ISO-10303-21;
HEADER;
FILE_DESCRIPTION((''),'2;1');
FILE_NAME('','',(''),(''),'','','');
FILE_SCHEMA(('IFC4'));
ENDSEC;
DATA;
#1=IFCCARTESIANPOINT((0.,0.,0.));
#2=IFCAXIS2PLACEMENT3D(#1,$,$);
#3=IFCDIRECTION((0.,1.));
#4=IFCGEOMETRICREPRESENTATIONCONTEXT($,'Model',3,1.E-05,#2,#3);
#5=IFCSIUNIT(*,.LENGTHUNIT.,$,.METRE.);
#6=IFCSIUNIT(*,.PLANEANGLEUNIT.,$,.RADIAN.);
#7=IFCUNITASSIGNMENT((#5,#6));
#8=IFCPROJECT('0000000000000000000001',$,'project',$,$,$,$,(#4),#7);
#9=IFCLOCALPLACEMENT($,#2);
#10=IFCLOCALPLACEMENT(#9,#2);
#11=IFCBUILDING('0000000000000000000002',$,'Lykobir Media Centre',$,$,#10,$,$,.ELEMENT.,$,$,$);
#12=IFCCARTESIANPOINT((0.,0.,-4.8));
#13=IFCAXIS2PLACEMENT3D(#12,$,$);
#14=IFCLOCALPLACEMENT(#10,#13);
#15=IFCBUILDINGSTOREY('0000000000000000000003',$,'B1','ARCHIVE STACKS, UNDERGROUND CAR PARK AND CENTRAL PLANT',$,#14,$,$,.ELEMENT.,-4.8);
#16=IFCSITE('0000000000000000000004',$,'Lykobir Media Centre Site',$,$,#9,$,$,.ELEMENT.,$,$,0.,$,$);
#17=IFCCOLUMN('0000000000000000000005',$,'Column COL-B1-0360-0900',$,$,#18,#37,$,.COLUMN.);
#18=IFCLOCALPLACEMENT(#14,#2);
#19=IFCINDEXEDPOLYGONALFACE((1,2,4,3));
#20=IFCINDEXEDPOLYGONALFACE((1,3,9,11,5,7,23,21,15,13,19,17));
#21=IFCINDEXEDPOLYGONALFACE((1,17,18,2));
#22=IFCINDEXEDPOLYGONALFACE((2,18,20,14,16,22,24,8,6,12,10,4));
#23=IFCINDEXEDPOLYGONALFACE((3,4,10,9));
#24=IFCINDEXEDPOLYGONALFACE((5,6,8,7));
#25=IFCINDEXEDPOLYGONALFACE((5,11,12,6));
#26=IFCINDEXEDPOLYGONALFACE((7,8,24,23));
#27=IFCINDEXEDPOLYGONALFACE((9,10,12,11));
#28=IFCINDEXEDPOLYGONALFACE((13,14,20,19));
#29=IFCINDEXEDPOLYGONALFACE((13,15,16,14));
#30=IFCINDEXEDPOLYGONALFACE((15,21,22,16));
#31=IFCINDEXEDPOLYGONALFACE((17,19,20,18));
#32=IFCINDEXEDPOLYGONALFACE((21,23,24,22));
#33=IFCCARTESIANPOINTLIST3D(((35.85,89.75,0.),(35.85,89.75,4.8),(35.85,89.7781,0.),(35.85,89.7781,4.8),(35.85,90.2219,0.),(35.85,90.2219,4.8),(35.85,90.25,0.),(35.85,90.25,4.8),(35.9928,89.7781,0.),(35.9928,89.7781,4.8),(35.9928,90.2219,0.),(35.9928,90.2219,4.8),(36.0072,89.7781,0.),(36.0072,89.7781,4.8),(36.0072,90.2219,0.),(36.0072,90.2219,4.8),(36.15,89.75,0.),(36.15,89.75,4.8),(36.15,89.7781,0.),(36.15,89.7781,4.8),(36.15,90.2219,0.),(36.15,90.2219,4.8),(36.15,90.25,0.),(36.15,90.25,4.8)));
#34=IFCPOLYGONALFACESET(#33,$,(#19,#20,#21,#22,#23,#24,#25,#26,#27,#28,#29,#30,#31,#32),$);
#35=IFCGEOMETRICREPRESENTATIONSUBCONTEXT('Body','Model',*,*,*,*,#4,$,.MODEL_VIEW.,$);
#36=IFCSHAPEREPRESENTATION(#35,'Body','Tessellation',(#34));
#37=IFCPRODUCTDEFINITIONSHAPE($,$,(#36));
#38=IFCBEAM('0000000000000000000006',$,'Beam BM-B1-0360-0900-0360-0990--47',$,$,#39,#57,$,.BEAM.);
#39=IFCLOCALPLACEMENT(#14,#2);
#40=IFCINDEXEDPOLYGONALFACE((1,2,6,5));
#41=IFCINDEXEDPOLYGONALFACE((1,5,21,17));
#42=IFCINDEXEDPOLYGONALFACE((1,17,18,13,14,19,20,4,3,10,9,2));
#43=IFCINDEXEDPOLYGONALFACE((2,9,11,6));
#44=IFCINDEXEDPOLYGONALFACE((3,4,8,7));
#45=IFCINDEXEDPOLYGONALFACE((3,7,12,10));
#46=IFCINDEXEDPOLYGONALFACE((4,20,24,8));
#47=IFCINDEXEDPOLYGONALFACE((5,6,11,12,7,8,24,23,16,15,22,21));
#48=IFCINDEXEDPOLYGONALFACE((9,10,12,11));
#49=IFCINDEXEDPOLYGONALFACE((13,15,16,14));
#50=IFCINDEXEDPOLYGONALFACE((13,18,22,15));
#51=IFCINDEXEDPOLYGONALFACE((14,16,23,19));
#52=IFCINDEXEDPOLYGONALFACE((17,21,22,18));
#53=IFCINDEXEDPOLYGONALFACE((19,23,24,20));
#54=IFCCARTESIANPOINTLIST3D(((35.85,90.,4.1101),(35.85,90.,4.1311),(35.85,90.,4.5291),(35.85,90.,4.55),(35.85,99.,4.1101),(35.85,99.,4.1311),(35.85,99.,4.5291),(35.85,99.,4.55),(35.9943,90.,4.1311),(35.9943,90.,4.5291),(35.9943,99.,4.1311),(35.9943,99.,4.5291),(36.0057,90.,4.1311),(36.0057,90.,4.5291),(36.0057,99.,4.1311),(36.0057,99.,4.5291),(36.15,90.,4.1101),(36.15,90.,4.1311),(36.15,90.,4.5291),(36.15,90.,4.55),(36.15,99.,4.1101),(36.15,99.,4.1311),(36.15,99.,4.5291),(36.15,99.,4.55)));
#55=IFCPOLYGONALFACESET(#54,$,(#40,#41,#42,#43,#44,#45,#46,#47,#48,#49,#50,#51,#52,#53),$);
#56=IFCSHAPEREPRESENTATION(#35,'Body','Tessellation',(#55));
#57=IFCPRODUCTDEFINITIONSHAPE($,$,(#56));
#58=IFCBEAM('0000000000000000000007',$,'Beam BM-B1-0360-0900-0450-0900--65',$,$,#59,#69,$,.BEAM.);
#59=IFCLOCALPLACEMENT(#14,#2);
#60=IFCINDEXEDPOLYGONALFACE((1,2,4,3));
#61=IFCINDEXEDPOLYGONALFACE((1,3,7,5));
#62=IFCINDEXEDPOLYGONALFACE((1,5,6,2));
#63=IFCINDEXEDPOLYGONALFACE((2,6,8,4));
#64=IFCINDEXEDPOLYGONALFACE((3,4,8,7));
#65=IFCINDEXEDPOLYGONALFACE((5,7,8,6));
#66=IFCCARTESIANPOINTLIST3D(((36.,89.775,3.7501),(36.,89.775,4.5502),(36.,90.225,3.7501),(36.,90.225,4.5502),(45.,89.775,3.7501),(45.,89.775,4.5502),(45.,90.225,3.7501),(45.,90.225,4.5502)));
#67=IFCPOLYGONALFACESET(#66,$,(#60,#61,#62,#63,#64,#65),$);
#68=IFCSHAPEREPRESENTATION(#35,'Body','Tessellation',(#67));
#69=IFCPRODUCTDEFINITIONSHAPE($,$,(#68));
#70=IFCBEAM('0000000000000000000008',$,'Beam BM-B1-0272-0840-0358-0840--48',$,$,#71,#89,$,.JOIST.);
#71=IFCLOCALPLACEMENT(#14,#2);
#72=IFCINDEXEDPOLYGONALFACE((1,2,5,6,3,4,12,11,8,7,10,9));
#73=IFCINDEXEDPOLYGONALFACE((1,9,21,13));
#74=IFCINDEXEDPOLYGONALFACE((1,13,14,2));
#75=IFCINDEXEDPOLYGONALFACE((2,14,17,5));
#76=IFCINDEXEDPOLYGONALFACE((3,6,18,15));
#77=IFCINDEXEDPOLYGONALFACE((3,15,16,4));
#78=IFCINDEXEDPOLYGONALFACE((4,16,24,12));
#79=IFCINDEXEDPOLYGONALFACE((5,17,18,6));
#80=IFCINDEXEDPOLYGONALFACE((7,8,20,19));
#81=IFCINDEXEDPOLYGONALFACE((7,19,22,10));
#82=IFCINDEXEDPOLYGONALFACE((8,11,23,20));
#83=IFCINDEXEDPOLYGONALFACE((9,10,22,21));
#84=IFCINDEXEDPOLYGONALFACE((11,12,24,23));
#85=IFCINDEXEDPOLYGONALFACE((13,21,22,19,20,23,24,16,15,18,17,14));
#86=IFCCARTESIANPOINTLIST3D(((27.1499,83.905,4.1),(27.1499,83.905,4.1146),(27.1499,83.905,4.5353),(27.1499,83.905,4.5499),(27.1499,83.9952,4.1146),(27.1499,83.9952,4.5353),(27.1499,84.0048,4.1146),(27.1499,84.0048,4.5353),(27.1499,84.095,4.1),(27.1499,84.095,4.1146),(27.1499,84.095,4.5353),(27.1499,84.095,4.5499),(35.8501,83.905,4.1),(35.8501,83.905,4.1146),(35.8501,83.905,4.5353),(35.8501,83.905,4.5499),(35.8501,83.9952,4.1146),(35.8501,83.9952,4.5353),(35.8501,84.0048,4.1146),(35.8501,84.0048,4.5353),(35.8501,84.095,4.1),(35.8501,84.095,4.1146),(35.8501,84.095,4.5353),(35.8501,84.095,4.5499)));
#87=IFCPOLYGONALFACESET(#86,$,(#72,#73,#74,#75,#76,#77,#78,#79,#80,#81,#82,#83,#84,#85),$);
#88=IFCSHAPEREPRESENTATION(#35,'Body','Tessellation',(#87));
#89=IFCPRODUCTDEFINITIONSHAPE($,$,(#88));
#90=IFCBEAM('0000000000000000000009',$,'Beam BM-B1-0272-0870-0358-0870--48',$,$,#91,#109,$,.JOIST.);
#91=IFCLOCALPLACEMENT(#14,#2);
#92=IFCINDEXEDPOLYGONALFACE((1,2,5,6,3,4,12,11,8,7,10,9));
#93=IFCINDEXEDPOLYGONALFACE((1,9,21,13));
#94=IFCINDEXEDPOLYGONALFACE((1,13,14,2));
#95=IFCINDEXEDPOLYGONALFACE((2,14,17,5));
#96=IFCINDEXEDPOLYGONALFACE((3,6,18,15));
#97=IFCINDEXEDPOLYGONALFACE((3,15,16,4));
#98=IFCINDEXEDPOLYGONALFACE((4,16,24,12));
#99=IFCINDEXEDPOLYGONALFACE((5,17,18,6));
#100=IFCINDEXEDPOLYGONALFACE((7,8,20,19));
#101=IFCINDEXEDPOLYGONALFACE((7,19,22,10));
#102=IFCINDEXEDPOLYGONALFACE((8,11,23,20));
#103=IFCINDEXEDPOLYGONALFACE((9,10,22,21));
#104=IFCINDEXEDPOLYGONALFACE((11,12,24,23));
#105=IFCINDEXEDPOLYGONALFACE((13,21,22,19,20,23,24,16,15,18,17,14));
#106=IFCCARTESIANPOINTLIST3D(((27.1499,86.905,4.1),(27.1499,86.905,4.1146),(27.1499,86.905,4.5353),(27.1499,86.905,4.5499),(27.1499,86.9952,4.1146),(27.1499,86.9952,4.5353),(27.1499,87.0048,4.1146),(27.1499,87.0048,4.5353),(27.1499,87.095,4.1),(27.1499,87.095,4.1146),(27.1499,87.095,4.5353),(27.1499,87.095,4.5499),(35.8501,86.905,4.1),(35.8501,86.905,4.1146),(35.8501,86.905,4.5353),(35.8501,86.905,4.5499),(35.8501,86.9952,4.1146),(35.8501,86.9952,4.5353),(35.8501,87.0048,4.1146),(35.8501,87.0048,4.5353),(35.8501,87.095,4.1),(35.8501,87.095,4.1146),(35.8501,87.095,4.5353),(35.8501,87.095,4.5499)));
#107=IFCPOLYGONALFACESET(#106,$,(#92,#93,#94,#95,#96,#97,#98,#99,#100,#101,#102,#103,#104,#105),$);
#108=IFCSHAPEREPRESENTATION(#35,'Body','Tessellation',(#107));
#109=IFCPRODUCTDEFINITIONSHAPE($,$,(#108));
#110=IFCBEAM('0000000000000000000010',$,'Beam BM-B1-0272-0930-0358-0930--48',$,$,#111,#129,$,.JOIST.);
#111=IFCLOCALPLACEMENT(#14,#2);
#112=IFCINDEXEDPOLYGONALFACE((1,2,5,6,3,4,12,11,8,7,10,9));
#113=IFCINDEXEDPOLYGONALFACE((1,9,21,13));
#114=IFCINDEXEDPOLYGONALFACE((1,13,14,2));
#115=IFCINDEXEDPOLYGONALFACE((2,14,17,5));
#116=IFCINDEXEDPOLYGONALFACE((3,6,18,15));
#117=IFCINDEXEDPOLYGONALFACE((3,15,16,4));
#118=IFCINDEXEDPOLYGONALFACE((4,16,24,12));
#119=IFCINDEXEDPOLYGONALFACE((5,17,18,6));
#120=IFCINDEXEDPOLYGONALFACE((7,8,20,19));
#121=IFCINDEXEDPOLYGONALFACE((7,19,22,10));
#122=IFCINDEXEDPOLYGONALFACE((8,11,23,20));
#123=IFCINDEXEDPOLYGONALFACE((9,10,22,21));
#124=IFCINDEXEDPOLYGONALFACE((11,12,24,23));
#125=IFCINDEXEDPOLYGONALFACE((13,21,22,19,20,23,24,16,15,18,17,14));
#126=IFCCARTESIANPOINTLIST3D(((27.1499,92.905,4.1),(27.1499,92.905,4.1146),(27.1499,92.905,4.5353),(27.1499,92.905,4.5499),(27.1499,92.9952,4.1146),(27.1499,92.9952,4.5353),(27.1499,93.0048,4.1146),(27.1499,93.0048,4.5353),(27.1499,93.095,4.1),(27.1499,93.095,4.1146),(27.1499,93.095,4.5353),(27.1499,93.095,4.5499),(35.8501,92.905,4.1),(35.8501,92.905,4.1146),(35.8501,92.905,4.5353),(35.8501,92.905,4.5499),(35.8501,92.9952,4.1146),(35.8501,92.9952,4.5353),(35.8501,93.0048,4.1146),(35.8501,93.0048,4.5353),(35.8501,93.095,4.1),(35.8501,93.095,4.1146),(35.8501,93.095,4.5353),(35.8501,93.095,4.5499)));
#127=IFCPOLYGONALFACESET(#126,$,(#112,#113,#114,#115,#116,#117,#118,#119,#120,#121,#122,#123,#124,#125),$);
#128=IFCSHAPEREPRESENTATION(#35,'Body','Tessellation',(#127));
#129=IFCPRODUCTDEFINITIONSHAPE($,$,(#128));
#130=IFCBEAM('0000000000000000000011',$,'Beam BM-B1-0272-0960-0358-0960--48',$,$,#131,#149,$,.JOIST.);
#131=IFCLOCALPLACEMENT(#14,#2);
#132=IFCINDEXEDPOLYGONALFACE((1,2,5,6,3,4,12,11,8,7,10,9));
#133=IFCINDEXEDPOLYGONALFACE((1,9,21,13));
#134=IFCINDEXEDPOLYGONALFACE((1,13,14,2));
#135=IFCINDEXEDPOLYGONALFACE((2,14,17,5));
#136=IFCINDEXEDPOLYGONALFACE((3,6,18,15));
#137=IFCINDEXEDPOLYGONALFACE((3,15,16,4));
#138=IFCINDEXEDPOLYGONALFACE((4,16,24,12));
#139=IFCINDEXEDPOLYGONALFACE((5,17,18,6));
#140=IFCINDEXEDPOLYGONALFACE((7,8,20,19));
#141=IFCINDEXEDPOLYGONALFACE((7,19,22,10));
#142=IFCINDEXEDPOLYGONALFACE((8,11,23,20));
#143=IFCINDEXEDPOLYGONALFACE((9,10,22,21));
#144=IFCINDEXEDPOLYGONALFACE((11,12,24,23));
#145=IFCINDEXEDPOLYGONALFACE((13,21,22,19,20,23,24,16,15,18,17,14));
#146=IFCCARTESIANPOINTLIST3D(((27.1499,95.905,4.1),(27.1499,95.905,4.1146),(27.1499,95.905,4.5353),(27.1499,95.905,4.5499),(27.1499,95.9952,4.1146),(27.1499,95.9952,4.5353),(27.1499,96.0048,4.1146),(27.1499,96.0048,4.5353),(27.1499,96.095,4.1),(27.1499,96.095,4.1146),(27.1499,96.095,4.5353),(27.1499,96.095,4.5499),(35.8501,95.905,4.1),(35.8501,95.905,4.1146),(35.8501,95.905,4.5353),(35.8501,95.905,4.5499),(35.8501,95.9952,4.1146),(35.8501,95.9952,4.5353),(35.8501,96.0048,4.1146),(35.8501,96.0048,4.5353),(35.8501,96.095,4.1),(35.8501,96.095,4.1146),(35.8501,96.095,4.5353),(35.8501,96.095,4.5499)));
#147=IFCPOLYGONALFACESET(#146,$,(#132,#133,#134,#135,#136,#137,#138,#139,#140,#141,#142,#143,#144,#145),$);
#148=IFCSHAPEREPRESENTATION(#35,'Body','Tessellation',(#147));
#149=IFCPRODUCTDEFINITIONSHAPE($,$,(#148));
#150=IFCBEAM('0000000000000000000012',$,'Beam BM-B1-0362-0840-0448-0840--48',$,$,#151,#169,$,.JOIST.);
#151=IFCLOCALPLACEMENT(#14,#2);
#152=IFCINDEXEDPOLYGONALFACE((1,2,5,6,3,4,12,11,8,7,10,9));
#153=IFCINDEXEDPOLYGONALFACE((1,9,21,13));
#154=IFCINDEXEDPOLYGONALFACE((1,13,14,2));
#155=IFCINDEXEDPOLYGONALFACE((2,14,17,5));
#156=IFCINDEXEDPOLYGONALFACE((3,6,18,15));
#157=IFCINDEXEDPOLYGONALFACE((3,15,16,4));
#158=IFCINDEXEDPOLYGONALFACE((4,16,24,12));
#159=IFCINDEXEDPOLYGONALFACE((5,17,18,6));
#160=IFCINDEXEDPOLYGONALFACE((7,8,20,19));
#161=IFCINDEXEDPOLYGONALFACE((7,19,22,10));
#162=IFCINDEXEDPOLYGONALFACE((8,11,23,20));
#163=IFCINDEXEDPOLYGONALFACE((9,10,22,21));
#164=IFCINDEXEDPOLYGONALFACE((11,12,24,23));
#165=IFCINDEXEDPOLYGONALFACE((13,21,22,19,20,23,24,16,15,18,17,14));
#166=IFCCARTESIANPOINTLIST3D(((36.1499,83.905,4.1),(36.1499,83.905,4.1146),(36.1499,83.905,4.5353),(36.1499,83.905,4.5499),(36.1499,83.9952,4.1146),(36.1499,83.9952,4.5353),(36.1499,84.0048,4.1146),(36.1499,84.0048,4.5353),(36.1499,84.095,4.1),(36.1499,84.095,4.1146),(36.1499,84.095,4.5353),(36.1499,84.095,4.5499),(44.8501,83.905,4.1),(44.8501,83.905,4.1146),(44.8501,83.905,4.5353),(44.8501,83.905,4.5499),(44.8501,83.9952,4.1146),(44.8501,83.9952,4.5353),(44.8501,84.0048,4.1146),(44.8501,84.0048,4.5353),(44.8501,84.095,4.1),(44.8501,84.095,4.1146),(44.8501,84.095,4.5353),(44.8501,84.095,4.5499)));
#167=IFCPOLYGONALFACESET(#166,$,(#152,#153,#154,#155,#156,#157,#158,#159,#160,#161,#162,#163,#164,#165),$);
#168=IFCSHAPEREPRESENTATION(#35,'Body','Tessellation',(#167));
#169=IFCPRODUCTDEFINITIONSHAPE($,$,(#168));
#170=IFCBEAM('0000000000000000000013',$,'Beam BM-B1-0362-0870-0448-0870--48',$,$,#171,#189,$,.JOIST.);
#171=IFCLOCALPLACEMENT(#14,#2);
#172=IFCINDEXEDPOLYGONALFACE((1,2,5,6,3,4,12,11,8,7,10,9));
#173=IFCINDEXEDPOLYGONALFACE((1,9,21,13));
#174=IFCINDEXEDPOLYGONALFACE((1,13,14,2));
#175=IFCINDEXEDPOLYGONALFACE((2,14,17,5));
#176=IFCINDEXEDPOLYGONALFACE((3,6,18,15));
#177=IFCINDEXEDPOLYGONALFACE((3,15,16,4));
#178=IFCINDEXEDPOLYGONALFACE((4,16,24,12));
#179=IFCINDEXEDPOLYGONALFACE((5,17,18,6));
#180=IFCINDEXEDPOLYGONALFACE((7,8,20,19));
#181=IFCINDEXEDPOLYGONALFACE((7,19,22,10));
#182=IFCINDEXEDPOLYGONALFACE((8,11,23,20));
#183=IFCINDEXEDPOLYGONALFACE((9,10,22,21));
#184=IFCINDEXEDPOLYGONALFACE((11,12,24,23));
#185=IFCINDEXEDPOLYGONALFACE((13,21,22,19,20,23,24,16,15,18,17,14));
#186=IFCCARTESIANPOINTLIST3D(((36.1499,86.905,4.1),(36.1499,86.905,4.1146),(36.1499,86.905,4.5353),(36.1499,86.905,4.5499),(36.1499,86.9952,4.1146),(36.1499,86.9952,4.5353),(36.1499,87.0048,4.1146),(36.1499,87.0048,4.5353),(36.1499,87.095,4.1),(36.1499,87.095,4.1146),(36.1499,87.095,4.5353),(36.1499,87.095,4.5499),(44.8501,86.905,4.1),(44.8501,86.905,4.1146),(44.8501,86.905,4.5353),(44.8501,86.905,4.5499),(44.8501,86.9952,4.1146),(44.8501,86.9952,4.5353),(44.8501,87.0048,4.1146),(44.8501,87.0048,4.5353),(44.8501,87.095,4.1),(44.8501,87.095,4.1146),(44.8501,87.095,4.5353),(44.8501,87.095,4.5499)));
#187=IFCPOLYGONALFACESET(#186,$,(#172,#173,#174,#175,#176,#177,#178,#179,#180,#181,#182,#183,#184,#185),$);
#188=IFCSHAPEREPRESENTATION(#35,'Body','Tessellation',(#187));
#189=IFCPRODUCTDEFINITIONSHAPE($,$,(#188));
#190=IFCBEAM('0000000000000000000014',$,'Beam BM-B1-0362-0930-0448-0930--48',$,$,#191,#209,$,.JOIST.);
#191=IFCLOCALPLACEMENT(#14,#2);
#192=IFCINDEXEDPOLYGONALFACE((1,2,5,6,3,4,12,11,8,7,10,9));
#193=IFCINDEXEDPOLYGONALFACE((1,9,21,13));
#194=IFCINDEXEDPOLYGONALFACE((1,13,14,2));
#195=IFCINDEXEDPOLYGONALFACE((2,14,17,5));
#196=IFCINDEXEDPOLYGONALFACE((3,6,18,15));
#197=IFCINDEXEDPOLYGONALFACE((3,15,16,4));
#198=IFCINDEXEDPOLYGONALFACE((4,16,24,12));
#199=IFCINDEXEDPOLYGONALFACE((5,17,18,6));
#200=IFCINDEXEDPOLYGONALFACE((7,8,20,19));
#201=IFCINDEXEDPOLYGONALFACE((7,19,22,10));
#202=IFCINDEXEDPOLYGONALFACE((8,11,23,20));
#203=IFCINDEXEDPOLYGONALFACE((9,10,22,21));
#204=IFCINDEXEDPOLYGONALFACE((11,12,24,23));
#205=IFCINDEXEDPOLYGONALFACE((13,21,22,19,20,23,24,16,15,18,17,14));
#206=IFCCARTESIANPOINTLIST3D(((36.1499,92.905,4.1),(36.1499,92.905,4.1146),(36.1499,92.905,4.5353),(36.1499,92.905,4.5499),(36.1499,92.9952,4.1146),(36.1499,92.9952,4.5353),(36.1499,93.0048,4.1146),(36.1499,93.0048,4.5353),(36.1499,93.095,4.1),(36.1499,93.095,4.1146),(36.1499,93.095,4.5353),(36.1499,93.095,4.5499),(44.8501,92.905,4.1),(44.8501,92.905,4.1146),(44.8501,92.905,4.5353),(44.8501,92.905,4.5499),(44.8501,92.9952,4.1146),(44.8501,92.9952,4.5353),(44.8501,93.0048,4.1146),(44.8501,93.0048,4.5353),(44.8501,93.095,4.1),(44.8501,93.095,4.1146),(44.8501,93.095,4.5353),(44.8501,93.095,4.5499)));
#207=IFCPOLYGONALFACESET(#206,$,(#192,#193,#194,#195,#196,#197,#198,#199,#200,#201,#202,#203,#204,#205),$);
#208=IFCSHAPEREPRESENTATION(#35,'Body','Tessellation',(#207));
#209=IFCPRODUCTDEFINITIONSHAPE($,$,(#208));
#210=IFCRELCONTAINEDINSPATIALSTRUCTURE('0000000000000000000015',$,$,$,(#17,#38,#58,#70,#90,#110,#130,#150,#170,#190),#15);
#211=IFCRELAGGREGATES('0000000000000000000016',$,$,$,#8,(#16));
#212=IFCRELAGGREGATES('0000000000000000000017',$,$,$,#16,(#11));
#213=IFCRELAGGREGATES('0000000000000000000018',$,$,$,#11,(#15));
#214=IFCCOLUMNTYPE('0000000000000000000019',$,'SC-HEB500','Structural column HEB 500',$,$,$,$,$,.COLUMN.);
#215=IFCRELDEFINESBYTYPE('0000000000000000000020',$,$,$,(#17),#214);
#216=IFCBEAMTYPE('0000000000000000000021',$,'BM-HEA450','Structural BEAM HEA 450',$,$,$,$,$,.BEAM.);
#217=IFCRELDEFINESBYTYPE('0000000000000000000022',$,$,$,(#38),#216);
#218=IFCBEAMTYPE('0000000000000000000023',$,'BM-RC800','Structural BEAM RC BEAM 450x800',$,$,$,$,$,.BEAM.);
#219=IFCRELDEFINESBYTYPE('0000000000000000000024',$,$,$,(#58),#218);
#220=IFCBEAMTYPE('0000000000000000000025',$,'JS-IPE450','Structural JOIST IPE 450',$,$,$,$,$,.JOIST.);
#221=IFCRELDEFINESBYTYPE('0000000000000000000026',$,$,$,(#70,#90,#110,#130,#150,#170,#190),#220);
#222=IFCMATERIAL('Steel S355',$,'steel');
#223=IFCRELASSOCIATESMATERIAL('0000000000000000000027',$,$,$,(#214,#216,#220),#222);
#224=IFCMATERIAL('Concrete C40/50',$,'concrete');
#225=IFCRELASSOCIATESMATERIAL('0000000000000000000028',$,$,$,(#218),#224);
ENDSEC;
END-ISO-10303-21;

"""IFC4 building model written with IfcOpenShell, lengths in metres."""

from ifc_helpers import new_model, si_unit, direction, frame, origin, origin_2d, place, context, subcontext, project, spatial, rectangle, i_section, extrude, material, material_profile, profile_set, type_object, element, save


model = new_model("IFC4")

# Units and contexts
model_context = context("Model", 3, precision=1e-05, world=origin(), true_north=direction((0.0, 1.0)))
body_context = subcontext(model_context, "Body", "Model", "MODEL_VIEW")
ifc_project = project(units=[si_unit("LENGTHUNIT", "METRE"), si_unit("PLANEANGLEUNIT", "RADIAN")], contexts=[model_context])

# Site, building, storey
site_placement = place(None, origin())
site = spatial("IfcSite", under=ifc_project, at=site_placement, Name="Lykobir Media Centre Site", CompositionType="ELEMENT", RefElevation=0.0)
building_placement = place(site_placement, origin())
building = spatial("IfcBuilding", under=site, at=building_placement, Name="Lykobir Media Centre", CompositionType="ELEMENT")
storey_placement = place(building_placement, frame((0.0, 0.0, -4.8)))
storey = spatial("IfcBuildingStorey", under=building, at=storey_placement, Name="B1", Description="ARCHIVE STACKS, UNDERGROUND CAR PARK AND CENTRAL PLANT", CompositionType="ELEMENT", Elevation=-4.8)

# Column
ifc_material_1 = material(Name="Concrete C40/50", Category="concrete")
ifc_material_2 = material(Name="Steel S355", Category="steel")
ifc_material_profile_1 = material_profile(ifc_material_2, i_section(OverallWidth=0.3, OverallDepth=0.5, WebThickness=0.0144, FlangeThickness=0.0281, at=origin_2d()), Name="HEB 500")
ifc_profile_set_1 = profile_set([ifc_material_profile_1], Name="Steel S355")
column_type_1 = type_object("IfcColumnType", Name="SC-HEB500", Description="Structural column HEB 500", PredefinedType="COLUMN", material=ifc_profile_set_1)
column_1_placement = place(storey_placement, frame((36.0, 90.0, 0.0), z_axis=(0.0, 0.0, 1.0), x_axis=(1.0, 0.0, 0.0)))
element("IfcColumn", 1, at=column_1_placement, inside=storey, type_object=column_type_1, Name="Column COL-B1-0360-0900", PredefinedType="COLUMN", context=body_context, shape_type="SweptSolid", body=[
    extrude(i_section(OverallWidth=0.3, OverallDepth=0.5, WebThickness=0.0144, FlangeThickness=0.0281, at=origin_2d()), origin(), (0.0, 0.0, 1.0), 4.8),
])

# Beams
ifc_material_profile_2 = material_profile(ifc_material_2, i_section(OverallWidth=0.3, OverallDepth=0.4399, WebThickness=0.0115, FlangeThickness=0.021, at=origin_2d()), Name="HEA 450")
ifc_profile_set_2 = profile_set([ifc_material_profile_2], Name="Steel S355")
beam_type_1 = type_object("IfcBeamType", Name="BM-HEA450", Description="Structural BEAM HEA 450", PredefinedType="BEAM", material=ifc_profile_set_2)
beam_1_placement = place(storey_placement, frame((36.0, 90.0, 4.3301), z_axis=(0.0, 1.0, 0.0), x_axis=(-1.0, 0.0, 0.0)))
element("IfcBeam", 2, at=beam_1_placement, inside=storey, type_object=beam_type_1, Name="Beam BM-B1-0360-0900-0360-0990--47", PredefinedType="BEAM", context=body_context, shape_type="SweptSolid", body=[
    extrude(i_section(OverallWidth=0.3, OverallDepth=0.4399, WebThickness=0.0115, FlangeThickness=0.021, at=origin_2d()), origin(), (0.0, 0.0, 1.0), 9.0),
])
ifc_material_profile_3 = material_profile(ifc_material_1, rectangle(XDim=0.45, YDim=0.8, at=origin_2d()), Name="RC BEAM 450x800")
ifc_profile_set_3 = profile_set([ifc_material_profile_3], Name="Concrete C40/50")
beam_type_2 = type_object("IfcBeamType", Name="BM-RC800", Description="Structural BEAM RC BEAM 450x800", PredefinedType="BEAM", material=ifc_profile_set_3)
beam_2_placement = place(storey_placement, frame((36.0, 90.0, 4.1501), z_axis=(1.0, 0.0, 0.0), x_axis=(0.0, 1.0, 0.0)))
element("IfcBeam", 3, at=beam_2_placement, inside=storey, type_object=beam_type_2, Name="Beam BM-B1-0360-0900-0450-0900--65", PredefinedType="BEAM", context=body_context, shape_type="SweptSolid", body=[
    extrude(rectangle(XDim=0.45, YDim=0.8, at=origin_2d()), origin(), (0.0, 0.0, 1.0), 9.0),
])
ifc_material_profile_4 = material_profile(ifc_material_2, i_section(OverallWidth=0.1899, OverallDepth=0.45, WebThickness=0.0095, FlangeThickness=0.0146, at=origin_2d()), Name="IPE 450")
ifc_profile_set_4 = profile_set([ifc_material_profile_4], Name="Steel S355")
beam_type_3 = type_object("IfcBeamType", Name="JS-IPE450", Description="Structural JOIST IPE 450", PredefinedType="JOIST", material=ifc_profile_set_4)
for number, where, z_axis, x_axis, name in (
    (4, (27.1499, 84.0, 4.325), (1.0, 0.0, 0.0), (0.0, 1.0, 0.0), "Beam BM-B1-0272-0840-0358-0840--48"),
    (5, (27.1499, 87.0, 4.325), (1.0, 0.0, 0.0), (0.0, 1.0, 0.0), "Beam BM-B1-0272-0870-0358-0870--48"),
    (6, (27.1499, 93.0, 4.325), (1.0, 0.0, 0.0), (0.0, 1.0, 0.0), "Beam BM-B1-0272-0930-0358-0930--48"),
    (7, (27.1499, 96.0, 4.325), (1.0, 0.0, 0.0), (0.0, 1.0, 0.0), "Beam BM-B1-0272-0960-0358-0960--48"),
    (8, (36.1499, 84.0, 4.325), (1.0, 0.0, 0.0), (0.0, 1.0, 0.0), "Beam BM-B1-0362-0840-0448-0840--48"),
    (9, (36.1499, 87.0, 4.325), (1.0, 0.0, 0.0), (0.0, 1.0, 0.0), "Beam BM-B1-0362-0870-0448-0870--48"),
    (10, (36.1499, 93.0, 4.325), (1.0, 0.0, 0.0), (0.0, 1.0, 0.0), "Beam BM-B1-0362-0930-0448-0930--48"),
):
    element("IfcBeam", number, at=place(storey_placement, frame(where, z_axis=z_axis, x_axis=x_axis)), inside=storey, type_object=beam_type_3, Name=name, PredefinedType="JOIST", context=body_context, shape_type="SweptSolid", body=[
        extrude(i_section(OverallWidth=0.1899, OverallDepth=0.45, WebThickness=0.0095, FlangeThickness=0.0146, at=origin_2d()), origin(), (0.0, 0.0, 1.0), 8.7002),
    ])

save(model, "model.ifc")
